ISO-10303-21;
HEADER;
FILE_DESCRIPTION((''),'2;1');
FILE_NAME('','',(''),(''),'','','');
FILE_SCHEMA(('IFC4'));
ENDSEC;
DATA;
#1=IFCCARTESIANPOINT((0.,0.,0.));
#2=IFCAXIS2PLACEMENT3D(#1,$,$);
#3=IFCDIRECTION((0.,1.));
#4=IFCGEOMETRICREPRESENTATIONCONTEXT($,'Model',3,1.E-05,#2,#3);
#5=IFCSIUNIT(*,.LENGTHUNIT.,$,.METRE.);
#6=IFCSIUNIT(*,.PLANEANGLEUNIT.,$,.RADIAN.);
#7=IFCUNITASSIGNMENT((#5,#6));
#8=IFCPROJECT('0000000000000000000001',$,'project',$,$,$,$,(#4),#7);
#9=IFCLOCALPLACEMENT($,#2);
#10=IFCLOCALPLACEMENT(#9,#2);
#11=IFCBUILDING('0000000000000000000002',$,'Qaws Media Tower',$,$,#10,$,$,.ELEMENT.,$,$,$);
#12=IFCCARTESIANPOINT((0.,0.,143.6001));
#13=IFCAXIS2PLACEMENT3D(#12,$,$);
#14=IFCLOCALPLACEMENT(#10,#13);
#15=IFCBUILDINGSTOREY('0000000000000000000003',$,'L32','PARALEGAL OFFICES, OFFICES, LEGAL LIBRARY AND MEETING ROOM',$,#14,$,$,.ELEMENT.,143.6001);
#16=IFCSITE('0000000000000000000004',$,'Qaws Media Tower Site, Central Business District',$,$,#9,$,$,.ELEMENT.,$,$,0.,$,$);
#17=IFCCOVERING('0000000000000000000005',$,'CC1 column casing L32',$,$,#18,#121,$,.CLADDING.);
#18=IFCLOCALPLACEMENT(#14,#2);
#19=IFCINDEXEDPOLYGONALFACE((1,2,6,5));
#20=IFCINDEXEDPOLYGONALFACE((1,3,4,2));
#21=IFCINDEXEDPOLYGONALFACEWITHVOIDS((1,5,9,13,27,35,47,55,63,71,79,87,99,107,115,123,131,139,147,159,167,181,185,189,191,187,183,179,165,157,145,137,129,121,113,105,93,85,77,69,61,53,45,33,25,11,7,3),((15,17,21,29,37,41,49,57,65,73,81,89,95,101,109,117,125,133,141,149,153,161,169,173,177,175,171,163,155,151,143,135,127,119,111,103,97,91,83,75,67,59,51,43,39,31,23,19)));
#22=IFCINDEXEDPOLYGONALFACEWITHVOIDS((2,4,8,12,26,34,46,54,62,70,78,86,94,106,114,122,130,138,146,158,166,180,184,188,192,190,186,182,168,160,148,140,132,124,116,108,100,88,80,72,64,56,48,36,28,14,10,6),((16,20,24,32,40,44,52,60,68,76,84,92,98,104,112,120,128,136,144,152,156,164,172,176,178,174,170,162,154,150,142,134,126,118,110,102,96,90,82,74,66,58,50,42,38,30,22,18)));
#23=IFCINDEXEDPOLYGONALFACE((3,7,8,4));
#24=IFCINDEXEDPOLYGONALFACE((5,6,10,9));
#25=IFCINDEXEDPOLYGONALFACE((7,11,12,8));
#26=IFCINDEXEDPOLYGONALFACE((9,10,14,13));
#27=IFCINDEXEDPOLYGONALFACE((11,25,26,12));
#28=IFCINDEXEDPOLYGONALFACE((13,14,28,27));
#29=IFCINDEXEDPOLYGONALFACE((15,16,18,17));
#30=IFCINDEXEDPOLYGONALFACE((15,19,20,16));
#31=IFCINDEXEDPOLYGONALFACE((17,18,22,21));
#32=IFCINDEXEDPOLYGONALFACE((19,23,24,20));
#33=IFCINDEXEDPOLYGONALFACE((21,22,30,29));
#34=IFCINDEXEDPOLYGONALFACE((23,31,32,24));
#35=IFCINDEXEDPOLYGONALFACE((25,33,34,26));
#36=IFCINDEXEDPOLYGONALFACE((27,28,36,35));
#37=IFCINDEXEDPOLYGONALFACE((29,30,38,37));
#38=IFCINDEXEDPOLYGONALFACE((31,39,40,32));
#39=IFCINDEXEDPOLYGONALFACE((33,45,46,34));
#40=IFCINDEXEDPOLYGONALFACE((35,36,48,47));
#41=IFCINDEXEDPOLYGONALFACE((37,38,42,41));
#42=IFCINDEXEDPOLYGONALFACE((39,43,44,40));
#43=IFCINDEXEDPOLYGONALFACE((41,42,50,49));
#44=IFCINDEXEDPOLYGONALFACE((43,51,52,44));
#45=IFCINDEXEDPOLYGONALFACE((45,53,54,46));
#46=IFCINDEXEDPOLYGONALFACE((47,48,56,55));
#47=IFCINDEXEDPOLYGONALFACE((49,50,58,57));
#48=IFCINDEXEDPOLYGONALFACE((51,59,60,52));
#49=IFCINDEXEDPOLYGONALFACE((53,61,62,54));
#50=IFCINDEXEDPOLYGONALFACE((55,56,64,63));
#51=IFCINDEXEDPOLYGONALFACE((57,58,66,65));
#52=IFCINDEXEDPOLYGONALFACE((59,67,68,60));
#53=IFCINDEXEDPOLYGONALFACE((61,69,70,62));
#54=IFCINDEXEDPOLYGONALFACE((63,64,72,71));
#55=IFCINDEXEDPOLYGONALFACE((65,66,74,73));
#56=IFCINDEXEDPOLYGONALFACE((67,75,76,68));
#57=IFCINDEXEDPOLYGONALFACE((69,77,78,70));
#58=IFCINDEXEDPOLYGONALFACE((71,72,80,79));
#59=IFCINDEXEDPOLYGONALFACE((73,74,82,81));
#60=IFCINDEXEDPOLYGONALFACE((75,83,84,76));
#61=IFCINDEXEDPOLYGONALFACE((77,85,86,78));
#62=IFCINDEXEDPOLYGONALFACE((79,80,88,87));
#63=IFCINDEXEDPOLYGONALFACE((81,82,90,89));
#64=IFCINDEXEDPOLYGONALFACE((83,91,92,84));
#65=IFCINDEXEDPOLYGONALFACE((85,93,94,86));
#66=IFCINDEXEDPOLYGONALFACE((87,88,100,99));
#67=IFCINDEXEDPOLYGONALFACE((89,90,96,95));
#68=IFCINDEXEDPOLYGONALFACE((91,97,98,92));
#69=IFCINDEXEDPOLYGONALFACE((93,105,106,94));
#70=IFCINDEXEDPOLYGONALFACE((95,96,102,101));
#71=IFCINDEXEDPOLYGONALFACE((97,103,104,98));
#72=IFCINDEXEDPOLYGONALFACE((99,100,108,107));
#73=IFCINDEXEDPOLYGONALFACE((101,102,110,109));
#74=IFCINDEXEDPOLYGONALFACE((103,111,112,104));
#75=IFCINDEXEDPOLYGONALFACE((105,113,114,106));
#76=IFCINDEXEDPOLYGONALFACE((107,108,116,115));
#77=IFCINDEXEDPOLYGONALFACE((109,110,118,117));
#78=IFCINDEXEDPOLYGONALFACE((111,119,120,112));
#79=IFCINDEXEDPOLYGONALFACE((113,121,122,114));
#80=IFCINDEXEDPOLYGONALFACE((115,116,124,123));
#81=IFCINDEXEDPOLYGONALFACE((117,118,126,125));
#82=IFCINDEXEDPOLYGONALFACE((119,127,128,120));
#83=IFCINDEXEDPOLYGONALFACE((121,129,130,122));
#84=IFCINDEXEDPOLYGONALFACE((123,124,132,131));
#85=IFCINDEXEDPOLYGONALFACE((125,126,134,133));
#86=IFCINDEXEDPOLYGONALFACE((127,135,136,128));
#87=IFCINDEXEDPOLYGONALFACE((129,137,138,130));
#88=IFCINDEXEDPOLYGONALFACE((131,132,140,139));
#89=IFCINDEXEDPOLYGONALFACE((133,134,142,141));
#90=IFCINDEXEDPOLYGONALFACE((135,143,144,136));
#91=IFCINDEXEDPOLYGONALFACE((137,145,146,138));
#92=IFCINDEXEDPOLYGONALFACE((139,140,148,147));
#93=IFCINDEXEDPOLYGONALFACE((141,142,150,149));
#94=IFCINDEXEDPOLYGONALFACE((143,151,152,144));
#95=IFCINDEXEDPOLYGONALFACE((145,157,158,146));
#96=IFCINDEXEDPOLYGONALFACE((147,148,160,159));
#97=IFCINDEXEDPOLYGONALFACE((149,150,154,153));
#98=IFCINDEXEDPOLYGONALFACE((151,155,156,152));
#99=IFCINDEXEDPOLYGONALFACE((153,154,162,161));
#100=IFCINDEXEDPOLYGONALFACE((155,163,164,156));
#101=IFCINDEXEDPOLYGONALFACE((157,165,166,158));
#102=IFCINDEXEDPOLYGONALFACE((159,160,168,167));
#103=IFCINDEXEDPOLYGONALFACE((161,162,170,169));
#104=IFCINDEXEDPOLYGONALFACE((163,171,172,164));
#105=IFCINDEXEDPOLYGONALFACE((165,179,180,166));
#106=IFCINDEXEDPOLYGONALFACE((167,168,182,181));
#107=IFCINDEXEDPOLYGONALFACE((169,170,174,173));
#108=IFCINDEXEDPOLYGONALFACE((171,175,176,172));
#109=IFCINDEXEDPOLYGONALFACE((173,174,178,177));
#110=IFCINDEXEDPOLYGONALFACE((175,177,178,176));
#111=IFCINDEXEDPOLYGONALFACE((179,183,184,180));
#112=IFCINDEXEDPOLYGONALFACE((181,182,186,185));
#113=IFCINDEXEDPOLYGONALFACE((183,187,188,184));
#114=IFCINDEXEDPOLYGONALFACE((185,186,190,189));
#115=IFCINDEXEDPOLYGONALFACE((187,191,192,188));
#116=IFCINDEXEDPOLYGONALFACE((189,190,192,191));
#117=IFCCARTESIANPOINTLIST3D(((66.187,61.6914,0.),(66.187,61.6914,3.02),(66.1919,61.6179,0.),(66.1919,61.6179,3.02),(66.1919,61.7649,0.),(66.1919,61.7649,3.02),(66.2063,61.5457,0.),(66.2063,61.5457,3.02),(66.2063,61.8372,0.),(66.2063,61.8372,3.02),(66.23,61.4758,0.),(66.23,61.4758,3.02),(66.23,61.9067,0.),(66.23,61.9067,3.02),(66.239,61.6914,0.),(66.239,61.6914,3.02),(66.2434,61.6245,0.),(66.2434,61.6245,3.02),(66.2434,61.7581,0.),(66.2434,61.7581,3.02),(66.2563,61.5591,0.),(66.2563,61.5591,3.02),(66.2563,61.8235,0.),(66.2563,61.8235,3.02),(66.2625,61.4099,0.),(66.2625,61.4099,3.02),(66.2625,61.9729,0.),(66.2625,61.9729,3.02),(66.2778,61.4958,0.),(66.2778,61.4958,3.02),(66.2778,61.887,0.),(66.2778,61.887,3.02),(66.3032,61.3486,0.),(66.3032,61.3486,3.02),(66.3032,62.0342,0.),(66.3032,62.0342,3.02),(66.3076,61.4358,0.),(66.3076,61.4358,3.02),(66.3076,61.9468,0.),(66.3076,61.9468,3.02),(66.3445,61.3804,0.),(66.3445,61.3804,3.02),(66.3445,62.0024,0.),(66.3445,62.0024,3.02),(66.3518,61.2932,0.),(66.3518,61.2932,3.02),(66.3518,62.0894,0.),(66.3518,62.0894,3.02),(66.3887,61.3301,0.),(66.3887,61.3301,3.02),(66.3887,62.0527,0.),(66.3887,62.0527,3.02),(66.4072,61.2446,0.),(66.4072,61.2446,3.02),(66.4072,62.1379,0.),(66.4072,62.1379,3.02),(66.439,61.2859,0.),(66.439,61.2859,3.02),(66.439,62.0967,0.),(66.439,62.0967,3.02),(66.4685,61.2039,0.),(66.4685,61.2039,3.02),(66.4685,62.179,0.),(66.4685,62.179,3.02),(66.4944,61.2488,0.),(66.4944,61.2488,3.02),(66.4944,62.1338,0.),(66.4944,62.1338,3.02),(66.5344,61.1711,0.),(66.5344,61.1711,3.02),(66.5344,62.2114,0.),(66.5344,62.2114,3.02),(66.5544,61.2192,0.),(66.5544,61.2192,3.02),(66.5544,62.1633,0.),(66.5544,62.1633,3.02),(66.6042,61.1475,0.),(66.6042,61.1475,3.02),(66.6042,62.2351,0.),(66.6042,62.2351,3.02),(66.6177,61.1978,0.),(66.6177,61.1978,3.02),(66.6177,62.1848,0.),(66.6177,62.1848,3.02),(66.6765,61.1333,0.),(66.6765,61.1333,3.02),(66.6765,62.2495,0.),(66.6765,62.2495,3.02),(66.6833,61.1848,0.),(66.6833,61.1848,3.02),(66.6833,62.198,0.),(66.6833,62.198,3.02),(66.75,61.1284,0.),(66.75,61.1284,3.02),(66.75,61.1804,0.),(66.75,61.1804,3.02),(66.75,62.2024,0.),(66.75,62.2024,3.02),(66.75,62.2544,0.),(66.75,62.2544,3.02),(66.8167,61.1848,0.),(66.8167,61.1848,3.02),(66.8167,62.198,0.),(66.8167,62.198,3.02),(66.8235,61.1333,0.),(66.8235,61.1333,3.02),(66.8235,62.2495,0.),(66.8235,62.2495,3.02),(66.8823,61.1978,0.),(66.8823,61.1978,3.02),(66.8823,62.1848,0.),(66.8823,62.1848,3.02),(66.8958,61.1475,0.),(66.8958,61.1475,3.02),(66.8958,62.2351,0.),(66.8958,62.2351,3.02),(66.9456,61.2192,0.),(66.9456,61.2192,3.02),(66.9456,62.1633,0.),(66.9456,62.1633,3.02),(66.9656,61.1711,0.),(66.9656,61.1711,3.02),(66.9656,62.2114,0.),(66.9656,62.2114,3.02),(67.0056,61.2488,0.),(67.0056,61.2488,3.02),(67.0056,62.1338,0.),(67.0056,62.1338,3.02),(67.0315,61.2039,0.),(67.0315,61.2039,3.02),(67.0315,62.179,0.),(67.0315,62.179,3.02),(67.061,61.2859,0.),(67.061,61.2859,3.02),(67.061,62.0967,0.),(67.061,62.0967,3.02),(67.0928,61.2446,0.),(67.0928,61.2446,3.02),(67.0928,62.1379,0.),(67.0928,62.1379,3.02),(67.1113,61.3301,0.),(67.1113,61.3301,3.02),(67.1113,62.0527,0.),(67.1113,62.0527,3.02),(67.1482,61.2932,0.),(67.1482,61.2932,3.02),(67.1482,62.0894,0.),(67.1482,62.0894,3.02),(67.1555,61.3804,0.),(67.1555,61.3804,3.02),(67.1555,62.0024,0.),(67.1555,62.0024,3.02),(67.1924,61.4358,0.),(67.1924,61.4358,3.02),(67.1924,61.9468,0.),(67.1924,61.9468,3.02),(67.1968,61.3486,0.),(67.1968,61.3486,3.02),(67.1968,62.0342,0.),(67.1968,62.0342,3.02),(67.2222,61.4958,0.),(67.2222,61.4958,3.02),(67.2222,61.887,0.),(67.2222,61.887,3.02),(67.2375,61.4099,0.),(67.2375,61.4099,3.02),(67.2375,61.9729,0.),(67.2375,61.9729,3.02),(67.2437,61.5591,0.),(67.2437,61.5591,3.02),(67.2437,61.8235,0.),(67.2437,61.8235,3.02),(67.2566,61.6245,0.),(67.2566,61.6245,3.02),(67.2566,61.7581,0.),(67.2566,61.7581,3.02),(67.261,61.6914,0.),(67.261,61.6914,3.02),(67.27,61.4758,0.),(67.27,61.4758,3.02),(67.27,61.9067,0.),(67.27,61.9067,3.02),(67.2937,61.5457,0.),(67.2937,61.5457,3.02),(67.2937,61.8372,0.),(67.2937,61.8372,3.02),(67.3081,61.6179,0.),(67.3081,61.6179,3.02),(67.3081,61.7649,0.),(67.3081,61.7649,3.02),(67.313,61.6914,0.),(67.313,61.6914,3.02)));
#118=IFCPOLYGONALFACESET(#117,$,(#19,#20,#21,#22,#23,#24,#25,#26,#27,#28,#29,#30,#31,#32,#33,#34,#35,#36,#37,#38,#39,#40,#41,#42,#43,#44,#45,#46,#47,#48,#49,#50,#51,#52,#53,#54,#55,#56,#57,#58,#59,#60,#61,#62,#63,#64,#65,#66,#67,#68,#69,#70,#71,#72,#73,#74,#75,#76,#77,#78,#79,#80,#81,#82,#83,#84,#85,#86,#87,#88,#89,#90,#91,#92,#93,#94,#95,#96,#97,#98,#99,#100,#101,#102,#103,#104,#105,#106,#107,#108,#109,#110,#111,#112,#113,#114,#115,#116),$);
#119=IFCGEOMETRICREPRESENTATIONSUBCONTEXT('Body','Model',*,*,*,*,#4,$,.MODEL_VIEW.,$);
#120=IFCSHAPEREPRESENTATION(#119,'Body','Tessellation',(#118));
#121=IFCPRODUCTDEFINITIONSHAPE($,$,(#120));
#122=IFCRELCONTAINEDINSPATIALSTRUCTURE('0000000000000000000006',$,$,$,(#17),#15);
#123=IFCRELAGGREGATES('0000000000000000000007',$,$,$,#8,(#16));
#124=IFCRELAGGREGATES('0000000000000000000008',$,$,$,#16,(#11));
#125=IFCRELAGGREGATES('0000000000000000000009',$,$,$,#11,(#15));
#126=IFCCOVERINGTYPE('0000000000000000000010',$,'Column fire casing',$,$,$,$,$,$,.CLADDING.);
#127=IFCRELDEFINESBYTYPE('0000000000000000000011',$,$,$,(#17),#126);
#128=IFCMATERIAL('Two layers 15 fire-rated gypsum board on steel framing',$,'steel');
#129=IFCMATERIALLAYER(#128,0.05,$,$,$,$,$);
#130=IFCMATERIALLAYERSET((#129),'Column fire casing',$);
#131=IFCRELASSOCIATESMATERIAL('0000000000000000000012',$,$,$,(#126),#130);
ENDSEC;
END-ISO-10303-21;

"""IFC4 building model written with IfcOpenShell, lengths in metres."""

from ifc_helpers import new_model, si_unit, direction, frame, origin, place, context, subcontext, project, spatial, polyline, outline, extrude, material, layer, layer_set, type_object, element, save


model = new_model("IFC4")

# Units and contexts
model_context = context("Model", 3, precision=1e-05, world=origin(), true_north=direction((0.0, 1.0)))
body_context = subcontext(model_context, "Body", "Model", "MODEL_VIEW")
ifc_project = project(units=[si_unit("LENGTHUNIT", "METRE"), si_unit("PLANEANGLEUNIT", "RADIAN")], contexts=[model_context])

# Site, building, storey
site_placement = place(None, origin())
site = spatial("IfcSite", under=ifc_project, at=site_placement, Name="Qaws Media Tower Site, Central Business District", CompositionType="ELEMENT", RefElevation=0.0)
building_placement = place(site_placement, origin())
building = spatial("IfcBuilding", under=site, at=building_placement, Name="Qaws Media Tower", CompositionType="ELEMENT")
storey_placement = place(building_placement, frame((0.0, 0.0, 143.6001)))
storey = spatial("IfcBuildingStorey", under=building, at=storey_placement, Name="L32", Description="PARALEGAL OFFICES, OFFICES, LEGAL LIBRARY AND MEETING ROOM", CompositionType="ELEMENT", Elevation=143.6001)

# Covering
ifc_material_1 = material(Name="Two layers 15 fire-rated gypsum board on steel framing", Category="steel")
ifc_layer_1 = layer(ifc_material_1, 0.05)
ifc_layer_set_1 = layer_set([ifc_layer_1], Name="Column fire casing")
covering_type = type_object("IfcCoveringType", Name="Column fire casing", PredefinedType="CLADDING", material=ifc_layer_set_1)
covering_placement = place(storey_placement, origin())
element("IfcCovering", 1, at=covering_placement, inside=storey, type_object=covering_type, Name="CC1 column casing L32", PredefinedType="CLADDING", context=body_context, shape_type="SweptSolid", body=[
    extrude(outline(polyline([(67.313, 61.6914), (67.3081, 61.6179), (67.2937, 61.5457), (67.27, 61.4758), (67.2375, 61.4099), (67.1968, 61.3486), (67.1482, 61.2932), (67.0928, 61.2446), (67.0315, 61.2039), (66.9656, 61.1711), (66.8958, 61.1475), (66.8235, 61.1333), (66.75, 61.1284), (66.6765, 61.1333), (66.6042, 61.1475), (66.5344, 61.1711), (66.4685, 61.2039), (66.4072, 61.2446), (66.3518, 61.2932), (66.3032, 61.3486), (66.2625, 61.4099), (66.23, 61.4758), (66.2063, 61.5457), (66.1919, 61.6179), (66.187, 61.6914), (66.1919, 61.7649), (66.2063, 61.8372), (66.23, 61.9067), (66.2625, 61.9729), (66.3032, 62.0342), (66.3518, 62.0894), (66.4072, 62.1379), (66.4685, 62.179), (66.5344, 62.2114), (66.6042, 62.2351), (66.6765, 62.2495), (66.75, 62.2544), (66.8235, 62.2495), (66.8958, 62.2351), (66.9656, 62.2114), (67.0315, 62.179), (67.0928, 62.1379), (67.1482, 62.0894), (67.1968, 62.0342), (67.2375, 61.9729), (67.27, 61.9067), (67.2937, 61.8372), (67.3081, 61.7649), (67.313, 61.6914)]), holes=[polyline([(67.261, 61.6914), (67.2566, 61.6245), (67.2437, 61.5591), (67.2222, 61.4958), (67.1924, 61.4358), (67.1555, 61.3804), (67.1113, 61.3301), (67.061, 61.2859), (67.0056, 61.2488), (66.9456, 61.2192), (66.8823, 61.1978), (66.8167, 61.1848), (66.75, 61.1804), (66.6833, 61.1848), (66.6177, 61.1978), (66.5544, 61.2192), (66.4944, 61.2488), (66.439, 61.2859), (66.3887, 61.3301), (66.3445, 61.3804), (66.3076, 61.4358), (66.2778, 61.4958), (66.2563, 61.5591), (66.2434, 61.6245), (66.239, 61.6914), (66.2434, 61.7581), (66.2563, 61.8235), (66.2778, 61.887), (66.3076, 61.9468), (66.3445, 62.0024), (66.3887, 62.0527), (66.439, 62.0967), (66.4944, 62.1338), (66.5544, 62.1633), (66.6177, 62.1848), (66.6833, 62.198), (66.75, 62.2024), (66.8167, 62.198), (66.8823, 62.1848), (66.9456, 62.1633), (67.0056, 62.1338), (67.061, 62.0967), (67.1113, 62.0527), (67.1555, 62.0024), (67.1924, 61.9468), (67.2222, 61.887), (67.2437, 61.8235), (67.2566, 61.7581), (67.261, 61.6914)])]), origin(), (0.0, 0.0, 1.0), 3.02),
])

save(model, "model.ifc")
